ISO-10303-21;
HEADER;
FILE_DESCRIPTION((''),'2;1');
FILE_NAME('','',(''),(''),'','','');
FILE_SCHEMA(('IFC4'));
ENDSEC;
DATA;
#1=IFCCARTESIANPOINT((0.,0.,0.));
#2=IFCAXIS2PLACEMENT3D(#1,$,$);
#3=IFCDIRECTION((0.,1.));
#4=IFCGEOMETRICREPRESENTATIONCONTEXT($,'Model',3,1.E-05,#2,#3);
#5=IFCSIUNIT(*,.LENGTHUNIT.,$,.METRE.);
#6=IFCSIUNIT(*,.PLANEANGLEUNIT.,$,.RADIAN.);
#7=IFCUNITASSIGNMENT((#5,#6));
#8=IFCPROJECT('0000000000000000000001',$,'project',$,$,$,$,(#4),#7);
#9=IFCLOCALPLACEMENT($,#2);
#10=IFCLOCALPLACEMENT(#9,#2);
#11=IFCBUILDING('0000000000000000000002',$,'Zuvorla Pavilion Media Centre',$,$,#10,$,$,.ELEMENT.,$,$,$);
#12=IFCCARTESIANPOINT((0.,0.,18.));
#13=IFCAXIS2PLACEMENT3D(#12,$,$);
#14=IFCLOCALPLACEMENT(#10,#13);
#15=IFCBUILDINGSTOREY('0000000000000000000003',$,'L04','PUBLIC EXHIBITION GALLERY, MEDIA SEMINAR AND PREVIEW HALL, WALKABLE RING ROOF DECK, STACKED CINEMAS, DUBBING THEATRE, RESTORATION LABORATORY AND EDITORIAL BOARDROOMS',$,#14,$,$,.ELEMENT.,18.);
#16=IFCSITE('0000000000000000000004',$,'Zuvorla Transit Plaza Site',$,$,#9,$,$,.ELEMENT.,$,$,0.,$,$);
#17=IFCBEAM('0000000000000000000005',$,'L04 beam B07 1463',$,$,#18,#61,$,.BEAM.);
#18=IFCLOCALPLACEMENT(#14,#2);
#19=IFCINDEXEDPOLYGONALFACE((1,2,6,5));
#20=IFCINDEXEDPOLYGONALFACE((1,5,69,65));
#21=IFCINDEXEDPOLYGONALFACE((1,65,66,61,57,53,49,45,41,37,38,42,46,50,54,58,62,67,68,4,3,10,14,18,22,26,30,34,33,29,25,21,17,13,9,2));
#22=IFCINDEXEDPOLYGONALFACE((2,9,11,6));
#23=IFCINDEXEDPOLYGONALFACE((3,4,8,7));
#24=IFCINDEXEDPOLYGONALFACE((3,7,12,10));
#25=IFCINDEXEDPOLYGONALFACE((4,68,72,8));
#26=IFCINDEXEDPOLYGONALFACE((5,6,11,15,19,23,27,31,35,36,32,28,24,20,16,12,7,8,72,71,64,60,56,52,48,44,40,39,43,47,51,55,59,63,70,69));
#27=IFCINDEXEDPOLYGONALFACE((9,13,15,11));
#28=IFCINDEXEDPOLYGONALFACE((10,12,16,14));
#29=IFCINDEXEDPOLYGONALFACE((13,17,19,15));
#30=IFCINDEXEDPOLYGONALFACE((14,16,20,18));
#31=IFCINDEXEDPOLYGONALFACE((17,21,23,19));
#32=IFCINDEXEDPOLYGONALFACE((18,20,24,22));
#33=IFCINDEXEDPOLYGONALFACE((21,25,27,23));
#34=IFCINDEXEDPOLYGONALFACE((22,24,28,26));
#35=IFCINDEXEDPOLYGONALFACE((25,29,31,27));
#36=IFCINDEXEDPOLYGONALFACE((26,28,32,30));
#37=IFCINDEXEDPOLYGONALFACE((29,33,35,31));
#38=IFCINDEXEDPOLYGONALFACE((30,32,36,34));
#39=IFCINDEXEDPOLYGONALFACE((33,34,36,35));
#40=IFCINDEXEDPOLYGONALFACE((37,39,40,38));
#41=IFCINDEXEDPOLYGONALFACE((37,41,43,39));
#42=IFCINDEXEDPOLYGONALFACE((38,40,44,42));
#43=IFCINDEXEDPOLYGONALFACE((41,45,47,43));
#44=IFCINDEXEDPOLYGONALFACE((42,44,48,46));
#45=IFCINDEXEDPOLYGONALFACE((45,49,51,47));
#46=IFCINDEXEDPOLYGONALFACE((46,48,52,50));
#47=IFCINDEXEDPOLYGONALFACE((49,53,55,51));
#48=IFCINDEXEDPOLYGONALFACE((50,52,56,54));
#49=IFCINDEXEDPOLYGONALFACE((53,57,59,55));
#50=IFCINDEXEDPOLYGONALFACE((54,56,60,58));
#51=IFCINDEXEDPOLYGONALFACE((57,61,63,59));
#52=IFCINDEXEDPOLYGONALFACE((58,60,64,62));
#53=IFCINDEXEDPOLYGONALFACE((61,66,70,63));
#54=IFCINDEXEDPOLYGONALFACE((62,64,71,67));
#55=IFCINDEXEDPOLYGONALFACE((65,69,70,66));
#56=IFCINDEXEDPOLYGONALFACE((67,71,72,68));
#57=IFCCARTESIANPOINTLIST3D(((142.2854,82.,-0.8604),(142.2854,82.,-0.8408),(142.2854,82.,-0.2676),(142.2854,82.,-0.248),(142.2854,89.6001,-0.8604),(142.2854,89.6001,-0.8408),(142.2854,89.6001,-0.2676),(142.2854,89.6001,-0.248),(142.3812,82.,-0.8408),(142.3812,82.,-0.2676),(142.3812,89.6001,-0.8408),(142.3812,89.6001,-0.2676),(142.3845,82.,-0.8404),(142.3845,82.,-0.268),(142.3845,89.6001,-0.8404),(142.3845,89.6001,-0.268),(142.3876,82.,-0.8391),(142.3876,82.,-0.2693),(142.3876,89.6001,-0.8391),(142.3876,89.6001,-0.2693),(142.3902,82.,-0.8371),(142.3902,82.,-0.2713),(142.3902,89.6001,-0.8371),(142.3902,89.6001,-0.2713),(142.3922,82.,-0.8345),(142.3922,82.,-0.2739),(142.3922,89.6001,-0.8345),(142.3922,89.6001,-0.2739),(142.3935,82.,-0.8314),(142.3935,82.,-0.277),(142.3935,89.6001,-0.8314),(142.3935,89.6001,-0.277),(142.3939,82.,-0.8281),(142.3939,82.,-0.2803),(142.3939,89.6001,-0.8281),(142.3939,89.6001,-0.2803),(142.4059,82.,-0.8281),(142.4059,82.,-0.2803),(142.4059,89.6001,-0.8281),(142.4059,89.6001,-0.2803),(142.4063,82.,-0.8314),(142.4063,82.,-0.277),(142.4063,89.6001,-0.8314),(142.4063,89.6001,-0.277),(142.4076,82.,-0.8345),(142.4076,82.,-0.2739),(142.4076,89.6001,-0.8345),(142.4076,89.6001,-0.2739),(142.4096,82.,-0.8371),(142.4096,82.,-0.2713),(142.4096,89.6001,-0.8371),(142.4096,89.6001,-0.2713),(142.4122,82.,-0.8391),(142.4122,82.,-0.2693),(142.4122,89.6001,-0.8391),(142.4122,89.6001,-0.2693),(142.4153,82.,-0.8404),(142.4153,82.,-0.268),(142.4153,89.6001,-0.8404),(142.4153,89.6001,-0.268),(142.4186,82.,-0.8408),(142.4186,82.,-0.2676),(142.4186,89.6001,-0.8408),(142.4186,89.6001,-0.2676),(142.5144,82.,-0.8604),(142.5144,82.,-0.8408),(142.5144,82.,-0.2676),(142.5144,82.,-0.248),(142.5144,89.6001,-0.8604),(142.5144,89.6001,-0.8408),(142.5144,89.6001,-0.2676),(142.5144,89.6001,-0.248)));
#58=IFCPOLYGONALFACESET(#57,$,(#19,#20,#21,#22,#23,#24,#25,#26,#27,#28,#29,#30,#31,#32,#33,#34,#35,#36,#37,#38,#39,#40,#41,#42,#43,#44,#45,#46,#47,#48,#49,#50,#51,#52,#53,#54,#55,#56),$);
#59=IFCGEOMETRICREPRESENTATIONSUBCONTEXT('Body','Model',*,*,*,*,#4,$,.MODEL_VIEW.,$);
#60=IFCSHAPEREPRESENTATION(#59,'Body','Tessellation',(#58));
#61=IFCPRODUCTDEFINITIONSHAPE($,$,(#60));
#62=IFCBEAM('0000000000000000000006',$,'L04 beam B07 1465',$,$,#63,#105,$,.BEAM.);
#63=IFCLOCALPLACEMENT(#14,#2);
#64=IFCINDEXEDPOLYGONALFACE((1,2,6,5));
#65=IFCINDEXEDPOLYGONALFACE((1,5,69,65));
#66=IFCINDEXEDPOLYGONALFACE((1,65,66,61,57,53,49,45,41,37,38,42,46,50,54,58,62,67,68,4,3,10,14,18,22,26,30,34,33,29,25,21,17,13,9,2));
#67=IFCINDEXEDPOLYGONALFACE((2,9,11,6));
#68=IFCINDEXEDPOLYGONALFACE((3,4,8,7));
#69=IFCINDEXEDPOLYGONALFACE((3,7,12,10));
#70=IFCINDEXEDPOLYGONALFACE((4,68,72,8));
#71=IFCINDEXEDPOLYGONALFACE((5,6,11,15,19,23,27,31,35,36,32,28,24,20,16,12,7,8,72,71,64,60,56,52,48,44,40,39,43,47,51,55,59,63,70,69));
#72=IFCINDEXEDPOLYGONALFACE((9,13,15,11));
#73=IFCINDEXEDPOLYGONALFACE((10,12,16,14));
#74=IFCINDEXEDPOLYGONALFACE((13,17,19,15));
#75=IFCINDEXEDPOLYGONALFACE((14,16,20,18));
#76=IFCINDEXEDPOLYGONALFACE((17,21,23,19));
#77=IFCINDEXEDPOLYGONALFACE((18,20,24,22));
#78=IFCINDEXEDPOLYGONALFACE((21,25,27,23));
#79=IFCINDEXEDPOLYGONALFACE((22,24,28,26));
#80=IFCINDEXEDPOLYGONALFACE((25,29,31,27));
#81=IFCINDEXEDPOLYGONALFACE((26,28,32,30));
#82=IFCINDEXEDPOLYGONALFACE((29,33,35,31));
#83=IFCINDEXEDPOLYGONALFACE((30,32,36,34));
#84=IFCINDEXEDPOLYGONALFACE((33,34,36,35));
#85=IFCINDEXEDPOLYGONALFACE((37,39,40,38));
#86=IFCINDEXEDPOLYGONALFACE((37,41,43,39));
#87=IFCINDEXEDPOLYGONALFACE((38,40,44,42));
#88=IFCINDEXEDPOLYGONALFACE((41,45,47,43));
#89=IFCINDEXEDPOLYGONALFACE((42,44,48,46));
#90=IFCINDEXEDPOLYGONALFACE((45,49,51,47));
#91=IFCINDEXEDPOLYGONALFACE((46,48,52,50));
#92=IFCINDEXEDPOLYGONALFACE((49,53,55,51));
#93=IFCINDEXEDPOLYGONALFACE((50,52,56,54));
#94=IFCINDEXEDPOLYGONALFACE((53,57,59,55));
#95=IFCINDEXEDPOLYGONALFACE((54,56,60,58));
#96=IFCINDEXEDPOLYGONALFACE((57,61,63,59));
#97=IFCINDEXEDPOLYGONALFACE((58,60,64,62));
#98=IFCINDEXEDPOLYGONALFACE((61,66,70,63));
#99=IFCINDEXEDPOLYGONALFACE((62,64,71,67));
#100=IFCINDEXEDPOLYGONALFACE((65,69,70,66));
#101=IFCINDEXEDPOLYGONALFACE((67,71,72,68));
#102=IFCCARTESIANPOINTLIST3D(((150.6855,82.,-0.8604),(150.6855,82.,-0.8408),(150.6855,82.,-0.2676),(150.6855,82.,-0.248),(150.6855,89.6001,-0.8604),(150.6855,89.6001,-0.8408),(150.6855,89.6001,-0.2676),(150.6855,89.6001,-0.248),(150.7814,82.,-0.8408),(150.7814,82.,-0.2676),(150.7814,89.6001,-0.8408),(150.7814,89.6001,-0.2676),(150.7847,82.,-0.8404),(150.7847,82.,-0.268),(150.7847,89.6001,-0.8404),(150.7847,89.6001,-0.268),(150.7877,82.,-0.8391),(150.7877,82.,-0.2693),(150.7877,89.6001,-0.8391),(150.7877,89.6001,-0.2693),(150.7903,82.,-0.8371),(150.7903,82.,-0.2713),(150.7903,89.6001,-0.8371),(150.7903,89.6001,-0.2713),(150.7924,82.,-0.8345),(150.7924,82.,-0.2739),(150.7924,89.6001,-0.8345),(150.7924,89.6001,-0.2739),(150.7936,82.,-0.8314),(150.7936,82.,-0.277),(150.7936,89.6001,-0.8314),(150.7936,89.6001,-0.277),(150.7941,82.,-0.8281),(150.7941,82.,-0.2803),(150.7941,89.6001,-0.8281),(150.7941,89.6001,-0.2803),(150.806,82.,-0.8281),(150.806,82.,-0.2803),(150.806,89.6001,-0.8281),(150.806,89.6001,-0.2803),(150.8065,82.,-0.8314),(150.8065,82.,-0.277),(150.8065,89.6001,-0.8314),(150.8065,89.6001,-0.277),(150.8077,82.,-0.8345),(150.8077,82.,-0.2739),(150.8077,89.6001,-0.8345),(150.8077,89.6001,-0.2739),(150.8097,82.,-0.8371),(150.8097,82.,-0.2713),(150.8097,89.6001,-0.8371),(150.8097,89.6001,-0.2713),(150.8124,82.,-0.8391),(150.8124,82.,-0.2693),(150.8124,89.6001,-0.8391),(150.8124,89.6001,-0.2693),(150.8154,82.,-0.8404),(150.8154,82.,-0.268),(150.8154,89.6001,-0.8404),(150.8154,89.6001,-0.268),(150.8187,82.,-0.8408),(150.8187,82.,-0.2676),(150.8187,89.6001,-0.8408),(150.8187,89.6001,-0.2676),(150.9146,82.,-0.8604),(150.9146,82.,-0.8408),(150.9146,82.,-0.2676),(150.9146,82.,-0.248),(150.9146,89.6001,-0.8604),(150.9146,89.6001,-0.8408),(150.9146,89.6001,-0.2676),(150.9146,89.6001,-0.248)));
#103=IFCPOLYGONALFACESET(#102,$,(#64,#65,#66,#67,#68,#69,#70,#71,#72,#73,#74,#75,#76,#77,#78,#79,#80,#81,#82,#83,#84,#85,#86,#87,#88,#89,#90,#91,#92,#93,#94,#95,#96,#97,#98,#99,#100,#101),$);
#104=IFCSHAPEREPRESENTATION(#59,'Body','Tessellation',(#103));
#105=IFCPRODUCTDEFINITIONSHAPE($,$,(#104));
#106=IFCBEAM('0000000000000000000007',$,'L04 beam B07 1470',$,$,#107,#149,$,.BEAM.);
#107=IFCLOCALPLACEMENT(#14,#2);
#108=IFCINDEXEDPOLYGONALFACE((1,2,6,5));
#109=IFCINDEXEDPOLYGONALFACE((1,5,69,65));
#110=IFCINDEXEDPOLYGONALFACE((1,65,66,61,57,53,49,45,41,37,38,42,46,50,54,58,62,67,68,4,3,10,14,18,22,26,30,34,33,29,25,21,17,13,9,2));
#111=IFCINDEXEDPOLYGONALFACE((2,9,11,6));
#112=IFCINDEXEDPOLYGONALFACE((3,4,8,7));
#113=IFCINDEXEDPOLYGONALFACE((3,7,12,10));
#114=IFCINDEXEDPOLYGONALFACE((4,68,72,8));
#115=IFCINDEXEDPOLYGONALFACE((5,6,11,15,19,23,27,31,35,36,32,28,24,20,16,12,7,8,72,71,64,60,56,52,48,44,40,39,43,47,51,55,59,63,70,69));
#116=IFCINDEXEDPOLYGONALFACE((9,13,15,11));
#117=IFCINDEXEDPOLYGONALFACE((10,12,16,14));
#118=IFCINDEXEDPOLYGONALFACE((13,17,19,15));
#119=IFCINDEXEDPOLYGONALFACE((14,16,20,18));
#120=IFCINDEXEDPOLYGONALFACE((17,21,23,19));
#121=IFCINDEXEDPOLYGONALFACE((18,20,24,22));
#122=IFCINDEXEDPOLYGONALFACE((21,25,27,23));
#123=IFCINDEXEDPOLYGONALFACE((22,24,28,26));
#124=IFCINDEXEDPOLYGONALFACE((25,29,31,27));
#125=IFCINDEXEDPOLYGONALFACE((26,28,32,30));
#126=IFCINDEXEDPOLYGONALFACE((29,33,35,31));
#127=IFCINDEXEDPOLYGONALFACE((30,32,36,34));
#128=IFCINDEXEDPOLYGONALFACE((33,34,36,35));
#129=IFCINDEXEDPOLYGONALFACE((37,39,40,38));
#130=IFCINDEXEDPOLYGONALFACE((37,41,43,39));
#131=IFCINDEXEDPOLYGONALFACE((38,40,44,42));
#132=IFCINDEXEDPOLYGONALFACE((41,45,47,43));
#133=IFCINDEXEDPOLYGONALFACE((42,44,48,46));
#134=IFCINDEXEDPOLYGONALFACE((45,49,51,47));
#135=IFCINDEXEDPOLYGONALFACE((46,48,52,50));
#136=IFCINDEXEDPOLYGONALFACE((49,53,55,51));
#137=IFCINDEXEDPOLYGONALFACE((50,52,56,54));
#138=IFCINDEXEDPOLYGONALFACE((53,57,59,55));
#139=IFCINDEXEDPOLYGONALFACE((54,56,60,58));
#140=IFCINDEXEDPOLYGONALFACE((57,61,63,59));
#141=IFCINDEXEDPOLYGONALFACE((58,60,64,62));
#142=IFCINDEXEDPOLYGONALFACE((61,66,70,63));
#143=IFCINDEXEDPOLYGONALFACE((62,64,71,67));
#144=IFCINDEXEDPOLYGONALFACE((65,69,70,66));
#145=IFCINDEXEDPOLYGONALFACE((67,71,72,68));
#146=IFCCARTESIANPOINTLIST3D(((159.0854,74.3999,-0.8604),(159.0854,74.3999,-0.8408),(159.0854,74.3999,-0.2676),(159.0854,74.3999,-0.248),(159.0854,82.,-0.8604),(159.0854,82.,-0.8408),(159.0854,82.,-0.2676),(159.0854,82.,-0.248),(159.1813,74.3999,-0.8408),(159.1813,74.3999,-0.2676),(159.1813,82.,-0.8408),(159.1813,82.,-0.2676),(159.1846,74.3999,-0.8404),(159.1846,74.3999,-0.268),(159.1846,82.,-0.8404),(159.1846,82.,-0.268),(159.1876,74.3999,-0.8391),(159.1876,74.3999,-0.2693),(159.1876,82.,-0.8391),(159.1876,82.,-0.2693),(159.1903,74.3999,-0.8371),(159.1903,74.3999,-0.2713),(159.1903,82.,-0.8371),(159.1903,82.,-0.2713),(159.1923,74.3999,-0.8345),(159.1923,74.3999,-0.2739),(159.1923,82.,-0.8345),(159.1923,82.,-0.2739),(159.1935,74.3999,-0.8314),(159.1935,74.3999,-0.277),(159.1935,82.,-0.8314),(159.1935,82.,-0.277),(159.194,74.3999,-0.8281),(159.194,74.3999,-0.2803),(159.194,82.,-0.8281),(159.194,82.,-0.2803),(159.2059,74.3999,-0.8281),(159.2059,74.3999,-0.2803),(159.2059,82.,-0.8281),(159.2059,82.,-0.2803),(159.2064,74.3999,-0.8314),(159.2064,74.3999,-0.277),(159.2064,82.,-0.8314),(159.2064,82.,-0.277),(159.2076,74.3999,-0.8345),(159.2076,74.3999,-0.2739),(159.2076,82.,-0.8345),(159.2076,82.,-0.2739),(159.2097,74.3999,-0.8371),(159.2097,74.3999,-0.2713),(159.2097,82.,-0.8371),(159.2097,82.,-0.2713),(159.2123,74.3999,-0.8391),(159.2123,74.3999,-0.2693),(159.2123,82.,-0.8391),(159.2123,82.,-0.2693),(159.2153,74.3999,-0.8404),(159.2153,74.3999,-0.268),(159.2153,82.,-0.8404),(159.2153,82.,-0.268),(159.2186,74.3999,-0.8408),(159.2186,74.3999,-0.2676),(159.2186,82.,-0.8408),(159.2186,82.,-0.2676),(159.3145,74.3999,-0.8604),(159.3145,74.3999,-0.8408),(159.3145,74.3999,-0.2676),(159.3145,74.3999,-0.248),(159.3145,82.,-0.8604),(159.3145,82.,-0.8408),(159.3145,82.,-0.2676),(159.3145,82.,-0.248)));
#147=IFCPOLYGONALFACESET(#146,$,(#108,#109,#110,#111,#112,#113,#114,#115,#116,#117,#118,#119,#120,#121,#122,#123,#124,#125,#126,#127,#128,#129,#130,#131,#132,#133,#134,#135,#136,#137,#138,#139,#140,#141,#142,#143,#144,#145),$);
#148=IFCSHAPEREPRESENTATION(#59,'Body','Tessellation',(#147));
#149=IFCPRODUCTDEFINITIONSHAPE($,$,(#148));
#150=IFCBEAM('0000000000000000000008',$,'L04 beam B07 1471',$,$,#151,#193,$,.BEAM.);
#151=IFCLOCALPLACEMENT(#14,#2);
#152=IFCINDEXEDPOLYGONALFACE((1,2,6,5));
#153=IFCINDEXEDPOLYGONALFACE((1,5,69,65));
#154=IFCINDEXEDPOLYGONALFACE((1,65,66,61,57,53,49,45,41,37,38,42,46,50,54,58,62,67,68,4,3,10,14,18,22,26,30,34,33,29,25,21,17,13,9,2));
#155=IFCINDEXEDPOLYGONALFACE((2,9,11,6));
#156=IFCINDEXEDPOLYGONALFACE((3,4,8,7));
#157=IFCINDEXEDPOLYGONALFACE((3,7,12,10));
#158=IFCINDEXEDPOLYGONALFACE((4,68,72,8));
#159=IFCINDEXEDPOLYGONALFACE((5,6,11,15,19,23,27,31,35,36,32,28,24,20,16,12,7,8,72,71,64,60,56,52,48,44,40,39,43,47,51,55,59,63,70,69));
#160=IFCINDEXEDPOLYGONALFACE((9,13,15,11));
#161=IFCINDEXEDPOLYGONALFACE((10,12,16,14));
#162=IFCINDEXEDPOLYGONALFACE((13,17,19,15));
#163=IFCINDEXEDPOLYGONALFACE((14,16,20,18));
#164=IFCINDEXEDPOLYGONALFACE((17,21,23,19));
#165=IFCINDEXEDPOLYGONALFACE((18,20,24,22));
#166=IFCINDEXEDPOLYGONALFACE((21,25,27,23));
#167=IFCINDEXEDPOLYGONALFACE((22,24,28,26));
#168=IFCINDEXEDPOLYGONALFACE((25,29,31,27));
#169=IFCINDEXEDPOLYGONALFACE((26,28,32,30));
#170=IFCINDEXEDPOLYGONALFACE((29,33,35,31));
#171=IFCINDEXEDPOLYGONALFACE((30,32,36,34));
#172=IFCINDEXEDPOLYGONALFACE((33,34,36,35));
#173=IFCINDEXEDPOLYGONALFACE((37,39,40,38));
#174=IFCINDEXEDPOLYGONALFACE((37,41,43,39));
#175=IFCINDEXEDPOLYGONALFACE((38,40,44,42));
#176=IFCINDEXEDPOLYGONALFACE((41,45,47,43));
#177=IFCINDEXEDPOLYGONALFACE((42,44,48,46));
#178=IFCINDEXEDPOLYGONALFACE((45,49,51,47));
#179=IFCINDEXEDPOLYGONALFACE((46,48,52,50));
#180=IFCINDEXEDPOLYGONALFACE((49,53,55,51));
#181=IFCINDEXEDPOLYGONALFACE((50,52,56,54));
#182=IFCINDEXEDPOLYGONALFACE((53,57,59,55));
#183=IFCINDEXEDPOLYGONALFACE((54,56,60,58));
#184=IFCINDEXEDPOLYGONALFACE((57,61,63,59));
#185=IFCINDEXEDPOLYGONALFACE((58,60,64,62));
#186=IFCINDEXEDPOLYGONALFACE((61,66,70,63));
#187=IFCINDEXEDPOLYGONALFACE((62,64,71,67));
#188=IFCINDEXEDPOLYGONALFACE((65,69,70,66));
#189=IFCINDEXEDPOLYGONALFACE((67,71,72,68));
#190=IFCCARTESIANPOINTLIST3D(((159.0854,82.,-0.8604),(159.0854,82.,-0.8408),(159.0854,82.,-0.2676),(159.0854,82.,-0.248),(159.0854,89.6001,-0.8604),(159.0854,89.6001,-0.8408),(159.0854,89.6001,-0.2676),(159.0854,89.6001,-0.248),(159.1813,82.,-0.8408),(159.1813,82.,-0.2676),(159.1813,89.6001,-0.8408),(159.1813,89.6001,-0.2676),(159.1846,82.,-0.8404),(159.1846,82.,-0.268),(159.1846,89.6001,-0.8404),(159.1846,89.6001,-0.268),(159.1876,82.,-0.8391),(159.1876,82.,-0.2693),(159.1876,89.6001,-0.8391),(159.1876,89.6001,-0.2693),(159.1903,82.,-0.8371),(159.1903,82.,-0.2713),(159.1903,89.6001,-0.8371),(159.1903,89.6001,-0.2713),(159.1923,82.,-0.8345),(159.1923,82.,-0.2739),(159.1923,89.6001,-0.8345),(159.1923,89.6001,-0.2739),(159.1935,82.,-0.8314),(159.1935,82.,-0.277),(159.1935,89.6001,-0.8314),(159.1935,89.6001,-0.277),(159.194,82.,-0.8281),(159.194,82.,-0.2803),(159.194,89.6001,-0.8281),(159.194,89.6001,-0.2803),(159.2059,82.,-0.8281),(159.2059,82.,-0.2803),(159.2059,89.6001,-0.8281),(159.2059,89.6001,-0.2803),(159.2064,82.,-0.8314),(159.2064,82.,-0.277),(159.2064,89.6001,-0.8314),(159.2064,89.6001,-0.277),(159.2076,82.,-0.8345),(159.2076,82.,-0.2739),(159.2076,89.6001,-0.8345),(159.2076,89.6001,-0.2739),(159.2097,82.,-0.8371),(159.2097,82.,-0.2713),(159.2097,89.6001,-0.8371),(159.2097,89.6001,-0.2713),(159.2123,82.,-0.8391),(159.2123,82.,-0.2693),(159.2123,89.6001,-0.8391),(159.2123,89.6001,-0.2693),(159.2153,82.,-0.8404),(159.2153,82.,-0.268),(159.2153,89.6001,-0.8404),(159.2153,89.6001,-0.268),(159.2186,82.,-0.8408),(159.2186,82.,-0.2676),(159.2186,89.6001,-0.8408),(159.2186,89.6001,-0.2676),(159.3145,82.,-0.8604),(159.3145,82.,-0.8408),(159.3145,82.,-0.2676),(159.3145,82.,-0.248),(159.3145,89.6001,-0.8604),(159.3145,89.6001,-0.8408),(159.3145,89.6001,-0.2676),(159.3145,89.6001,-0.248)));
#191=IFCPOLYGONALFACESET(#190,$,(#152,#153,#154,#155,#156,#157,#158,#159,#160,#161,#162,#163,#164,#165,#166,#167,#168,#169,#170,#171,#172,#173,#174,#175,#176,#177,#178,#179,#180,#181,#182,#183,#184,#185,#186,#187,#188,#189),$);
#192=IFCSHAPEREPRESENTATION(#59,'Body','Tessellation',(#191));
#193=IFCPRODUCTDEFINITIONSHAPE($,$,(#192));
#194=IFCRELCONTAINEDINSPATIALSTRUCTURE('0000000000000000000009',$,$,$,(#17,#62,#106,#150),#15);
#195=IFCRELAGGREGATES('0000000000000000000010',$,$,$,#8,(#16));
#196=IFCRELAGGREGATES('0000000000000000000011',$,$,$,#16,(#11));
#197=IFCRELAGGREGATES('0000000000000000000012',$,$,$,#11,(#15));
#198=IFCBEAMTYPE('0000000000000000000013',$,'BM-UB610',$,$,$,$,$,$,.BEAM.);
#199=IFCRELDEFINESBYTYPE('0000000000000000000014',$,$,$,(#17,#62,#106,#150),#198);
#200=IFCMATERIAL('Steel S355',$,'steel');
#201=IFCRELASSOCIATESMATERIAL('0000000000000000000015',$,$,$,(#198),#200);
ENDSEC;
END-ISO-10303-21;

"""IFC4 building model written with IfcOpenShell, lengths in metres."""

from ifc_helpers import new_model, si_unit, direction, frame, origin, origin_2d, place, context, subcontext, project, spatial, i_section, extrude, material, material_profile, profile_set, type_object, element, save


model = new_model("IFC4")

# Units and contexts
model_context = context("Model", 3, precision=1e-05, world=origin(), true_north=direction((0.0, 1.0)))
body_context = subcontext(model_context, "Body", "Model", "MODEL_VIEW")
ifc_project = project(units=[si_unit("LENGTHUNIT", "METRE"), si_unit("PLANEANGLEUNIT", "RADIAN")], contexts=[model_context])

# Site, building, storey
site_placement = place(None, origin())
site = spatial("IfcSite", under=ifc_project, at=site_placement, Name="Zuvorla Transit Plaza Site", CompositionType="ELEMENT", RefElevation=0.0)
building_placement = place(site_placement, origin())
building = spatial("IfcBuilding", under=site, at=building_placement, Name="Zuvorla Pavilion Media Centre", CompositionType="ELEMENT")
storey_placement = place(building_placement, frame((0.0, 0.0, 18.0)))
storey = spatial("IfcBuildingStorey", under=building, at=storey_placement, Name="L04", Description="PUBLIC EXHIBITION GALLERY, MEDIA SEMINAR AND PREVIEW HALL, WALKABLE RING ROOF DECK, STACKED CINEMAS, DUBBING THEATRE, RESTORATION LABORATORY AND EDITORIAL BOARDROOMS", CompositionType="ELEMENT", Elevation=18.0)

# Beams
ifc_material = material(Name="Steel S355", Category="steel")
ifc_material_profile_1 = material_profile(ifc_material, i_section(OverallWidth=0.229, OverallDepth=0.6123, WebThickness=0.012, FlangeThickness=0.0195, FilletRadius=0.0127, at=origin_2d()), Name="UB 610x229x125")
ifc_profile_set_1 = profile_set([ifc_material_profile_1], Name="Steel S355")
beam_type_1 = type_object("IfcBeamType", Name="BM-UB610", PredefinedType="BEAM", material=ifc_profile_set_1)
for number, where, z_axis, x_axis, name in (
    (1, (142.3999, 82.0, -0.5542), (0.0, 1.0, 0.0), (-1.0, 0.0, 0.0), "L04 beam B07 1463"),
    (2, (150.8, 82.0, -0.5542), (0.0, 1.0, 0.0), (-1.0, 0.0, 0.0), "L04 beam B07 1465"),
    (3, (159.2, 74.3999, -0.5542), (0.0, 1.0, 0.0), (-1.0, 0.0, 0.0), "L04 beam B07 1470"),
    (4, (159.2, 82.0, -0.5542), (0.0, 1.0, 0.0), (-1.0, 0.0, 0.0), "L04 beam B07 1471"),
):
    element("IfcBeam", number, at=place(storey_placement, frame(where, z_axis=z_axis, x_axis=x_axis)), inside=storey, type_object=beam_type_1, Name=name, PredefinedType="BEAM", context=body_context, shape_type="SweptSolid", body=[
        extrude(i_section(OverallWidth=0.229, OverallDepth=0.6123, WebThickness=0.012, FlangeThickness=0.0195, FilletRadius=0.0127, at=origin_2d()), origin(), (0.0, 0.0, 1.0), 7.6001),
    ])

save(model, "model.ifc")
